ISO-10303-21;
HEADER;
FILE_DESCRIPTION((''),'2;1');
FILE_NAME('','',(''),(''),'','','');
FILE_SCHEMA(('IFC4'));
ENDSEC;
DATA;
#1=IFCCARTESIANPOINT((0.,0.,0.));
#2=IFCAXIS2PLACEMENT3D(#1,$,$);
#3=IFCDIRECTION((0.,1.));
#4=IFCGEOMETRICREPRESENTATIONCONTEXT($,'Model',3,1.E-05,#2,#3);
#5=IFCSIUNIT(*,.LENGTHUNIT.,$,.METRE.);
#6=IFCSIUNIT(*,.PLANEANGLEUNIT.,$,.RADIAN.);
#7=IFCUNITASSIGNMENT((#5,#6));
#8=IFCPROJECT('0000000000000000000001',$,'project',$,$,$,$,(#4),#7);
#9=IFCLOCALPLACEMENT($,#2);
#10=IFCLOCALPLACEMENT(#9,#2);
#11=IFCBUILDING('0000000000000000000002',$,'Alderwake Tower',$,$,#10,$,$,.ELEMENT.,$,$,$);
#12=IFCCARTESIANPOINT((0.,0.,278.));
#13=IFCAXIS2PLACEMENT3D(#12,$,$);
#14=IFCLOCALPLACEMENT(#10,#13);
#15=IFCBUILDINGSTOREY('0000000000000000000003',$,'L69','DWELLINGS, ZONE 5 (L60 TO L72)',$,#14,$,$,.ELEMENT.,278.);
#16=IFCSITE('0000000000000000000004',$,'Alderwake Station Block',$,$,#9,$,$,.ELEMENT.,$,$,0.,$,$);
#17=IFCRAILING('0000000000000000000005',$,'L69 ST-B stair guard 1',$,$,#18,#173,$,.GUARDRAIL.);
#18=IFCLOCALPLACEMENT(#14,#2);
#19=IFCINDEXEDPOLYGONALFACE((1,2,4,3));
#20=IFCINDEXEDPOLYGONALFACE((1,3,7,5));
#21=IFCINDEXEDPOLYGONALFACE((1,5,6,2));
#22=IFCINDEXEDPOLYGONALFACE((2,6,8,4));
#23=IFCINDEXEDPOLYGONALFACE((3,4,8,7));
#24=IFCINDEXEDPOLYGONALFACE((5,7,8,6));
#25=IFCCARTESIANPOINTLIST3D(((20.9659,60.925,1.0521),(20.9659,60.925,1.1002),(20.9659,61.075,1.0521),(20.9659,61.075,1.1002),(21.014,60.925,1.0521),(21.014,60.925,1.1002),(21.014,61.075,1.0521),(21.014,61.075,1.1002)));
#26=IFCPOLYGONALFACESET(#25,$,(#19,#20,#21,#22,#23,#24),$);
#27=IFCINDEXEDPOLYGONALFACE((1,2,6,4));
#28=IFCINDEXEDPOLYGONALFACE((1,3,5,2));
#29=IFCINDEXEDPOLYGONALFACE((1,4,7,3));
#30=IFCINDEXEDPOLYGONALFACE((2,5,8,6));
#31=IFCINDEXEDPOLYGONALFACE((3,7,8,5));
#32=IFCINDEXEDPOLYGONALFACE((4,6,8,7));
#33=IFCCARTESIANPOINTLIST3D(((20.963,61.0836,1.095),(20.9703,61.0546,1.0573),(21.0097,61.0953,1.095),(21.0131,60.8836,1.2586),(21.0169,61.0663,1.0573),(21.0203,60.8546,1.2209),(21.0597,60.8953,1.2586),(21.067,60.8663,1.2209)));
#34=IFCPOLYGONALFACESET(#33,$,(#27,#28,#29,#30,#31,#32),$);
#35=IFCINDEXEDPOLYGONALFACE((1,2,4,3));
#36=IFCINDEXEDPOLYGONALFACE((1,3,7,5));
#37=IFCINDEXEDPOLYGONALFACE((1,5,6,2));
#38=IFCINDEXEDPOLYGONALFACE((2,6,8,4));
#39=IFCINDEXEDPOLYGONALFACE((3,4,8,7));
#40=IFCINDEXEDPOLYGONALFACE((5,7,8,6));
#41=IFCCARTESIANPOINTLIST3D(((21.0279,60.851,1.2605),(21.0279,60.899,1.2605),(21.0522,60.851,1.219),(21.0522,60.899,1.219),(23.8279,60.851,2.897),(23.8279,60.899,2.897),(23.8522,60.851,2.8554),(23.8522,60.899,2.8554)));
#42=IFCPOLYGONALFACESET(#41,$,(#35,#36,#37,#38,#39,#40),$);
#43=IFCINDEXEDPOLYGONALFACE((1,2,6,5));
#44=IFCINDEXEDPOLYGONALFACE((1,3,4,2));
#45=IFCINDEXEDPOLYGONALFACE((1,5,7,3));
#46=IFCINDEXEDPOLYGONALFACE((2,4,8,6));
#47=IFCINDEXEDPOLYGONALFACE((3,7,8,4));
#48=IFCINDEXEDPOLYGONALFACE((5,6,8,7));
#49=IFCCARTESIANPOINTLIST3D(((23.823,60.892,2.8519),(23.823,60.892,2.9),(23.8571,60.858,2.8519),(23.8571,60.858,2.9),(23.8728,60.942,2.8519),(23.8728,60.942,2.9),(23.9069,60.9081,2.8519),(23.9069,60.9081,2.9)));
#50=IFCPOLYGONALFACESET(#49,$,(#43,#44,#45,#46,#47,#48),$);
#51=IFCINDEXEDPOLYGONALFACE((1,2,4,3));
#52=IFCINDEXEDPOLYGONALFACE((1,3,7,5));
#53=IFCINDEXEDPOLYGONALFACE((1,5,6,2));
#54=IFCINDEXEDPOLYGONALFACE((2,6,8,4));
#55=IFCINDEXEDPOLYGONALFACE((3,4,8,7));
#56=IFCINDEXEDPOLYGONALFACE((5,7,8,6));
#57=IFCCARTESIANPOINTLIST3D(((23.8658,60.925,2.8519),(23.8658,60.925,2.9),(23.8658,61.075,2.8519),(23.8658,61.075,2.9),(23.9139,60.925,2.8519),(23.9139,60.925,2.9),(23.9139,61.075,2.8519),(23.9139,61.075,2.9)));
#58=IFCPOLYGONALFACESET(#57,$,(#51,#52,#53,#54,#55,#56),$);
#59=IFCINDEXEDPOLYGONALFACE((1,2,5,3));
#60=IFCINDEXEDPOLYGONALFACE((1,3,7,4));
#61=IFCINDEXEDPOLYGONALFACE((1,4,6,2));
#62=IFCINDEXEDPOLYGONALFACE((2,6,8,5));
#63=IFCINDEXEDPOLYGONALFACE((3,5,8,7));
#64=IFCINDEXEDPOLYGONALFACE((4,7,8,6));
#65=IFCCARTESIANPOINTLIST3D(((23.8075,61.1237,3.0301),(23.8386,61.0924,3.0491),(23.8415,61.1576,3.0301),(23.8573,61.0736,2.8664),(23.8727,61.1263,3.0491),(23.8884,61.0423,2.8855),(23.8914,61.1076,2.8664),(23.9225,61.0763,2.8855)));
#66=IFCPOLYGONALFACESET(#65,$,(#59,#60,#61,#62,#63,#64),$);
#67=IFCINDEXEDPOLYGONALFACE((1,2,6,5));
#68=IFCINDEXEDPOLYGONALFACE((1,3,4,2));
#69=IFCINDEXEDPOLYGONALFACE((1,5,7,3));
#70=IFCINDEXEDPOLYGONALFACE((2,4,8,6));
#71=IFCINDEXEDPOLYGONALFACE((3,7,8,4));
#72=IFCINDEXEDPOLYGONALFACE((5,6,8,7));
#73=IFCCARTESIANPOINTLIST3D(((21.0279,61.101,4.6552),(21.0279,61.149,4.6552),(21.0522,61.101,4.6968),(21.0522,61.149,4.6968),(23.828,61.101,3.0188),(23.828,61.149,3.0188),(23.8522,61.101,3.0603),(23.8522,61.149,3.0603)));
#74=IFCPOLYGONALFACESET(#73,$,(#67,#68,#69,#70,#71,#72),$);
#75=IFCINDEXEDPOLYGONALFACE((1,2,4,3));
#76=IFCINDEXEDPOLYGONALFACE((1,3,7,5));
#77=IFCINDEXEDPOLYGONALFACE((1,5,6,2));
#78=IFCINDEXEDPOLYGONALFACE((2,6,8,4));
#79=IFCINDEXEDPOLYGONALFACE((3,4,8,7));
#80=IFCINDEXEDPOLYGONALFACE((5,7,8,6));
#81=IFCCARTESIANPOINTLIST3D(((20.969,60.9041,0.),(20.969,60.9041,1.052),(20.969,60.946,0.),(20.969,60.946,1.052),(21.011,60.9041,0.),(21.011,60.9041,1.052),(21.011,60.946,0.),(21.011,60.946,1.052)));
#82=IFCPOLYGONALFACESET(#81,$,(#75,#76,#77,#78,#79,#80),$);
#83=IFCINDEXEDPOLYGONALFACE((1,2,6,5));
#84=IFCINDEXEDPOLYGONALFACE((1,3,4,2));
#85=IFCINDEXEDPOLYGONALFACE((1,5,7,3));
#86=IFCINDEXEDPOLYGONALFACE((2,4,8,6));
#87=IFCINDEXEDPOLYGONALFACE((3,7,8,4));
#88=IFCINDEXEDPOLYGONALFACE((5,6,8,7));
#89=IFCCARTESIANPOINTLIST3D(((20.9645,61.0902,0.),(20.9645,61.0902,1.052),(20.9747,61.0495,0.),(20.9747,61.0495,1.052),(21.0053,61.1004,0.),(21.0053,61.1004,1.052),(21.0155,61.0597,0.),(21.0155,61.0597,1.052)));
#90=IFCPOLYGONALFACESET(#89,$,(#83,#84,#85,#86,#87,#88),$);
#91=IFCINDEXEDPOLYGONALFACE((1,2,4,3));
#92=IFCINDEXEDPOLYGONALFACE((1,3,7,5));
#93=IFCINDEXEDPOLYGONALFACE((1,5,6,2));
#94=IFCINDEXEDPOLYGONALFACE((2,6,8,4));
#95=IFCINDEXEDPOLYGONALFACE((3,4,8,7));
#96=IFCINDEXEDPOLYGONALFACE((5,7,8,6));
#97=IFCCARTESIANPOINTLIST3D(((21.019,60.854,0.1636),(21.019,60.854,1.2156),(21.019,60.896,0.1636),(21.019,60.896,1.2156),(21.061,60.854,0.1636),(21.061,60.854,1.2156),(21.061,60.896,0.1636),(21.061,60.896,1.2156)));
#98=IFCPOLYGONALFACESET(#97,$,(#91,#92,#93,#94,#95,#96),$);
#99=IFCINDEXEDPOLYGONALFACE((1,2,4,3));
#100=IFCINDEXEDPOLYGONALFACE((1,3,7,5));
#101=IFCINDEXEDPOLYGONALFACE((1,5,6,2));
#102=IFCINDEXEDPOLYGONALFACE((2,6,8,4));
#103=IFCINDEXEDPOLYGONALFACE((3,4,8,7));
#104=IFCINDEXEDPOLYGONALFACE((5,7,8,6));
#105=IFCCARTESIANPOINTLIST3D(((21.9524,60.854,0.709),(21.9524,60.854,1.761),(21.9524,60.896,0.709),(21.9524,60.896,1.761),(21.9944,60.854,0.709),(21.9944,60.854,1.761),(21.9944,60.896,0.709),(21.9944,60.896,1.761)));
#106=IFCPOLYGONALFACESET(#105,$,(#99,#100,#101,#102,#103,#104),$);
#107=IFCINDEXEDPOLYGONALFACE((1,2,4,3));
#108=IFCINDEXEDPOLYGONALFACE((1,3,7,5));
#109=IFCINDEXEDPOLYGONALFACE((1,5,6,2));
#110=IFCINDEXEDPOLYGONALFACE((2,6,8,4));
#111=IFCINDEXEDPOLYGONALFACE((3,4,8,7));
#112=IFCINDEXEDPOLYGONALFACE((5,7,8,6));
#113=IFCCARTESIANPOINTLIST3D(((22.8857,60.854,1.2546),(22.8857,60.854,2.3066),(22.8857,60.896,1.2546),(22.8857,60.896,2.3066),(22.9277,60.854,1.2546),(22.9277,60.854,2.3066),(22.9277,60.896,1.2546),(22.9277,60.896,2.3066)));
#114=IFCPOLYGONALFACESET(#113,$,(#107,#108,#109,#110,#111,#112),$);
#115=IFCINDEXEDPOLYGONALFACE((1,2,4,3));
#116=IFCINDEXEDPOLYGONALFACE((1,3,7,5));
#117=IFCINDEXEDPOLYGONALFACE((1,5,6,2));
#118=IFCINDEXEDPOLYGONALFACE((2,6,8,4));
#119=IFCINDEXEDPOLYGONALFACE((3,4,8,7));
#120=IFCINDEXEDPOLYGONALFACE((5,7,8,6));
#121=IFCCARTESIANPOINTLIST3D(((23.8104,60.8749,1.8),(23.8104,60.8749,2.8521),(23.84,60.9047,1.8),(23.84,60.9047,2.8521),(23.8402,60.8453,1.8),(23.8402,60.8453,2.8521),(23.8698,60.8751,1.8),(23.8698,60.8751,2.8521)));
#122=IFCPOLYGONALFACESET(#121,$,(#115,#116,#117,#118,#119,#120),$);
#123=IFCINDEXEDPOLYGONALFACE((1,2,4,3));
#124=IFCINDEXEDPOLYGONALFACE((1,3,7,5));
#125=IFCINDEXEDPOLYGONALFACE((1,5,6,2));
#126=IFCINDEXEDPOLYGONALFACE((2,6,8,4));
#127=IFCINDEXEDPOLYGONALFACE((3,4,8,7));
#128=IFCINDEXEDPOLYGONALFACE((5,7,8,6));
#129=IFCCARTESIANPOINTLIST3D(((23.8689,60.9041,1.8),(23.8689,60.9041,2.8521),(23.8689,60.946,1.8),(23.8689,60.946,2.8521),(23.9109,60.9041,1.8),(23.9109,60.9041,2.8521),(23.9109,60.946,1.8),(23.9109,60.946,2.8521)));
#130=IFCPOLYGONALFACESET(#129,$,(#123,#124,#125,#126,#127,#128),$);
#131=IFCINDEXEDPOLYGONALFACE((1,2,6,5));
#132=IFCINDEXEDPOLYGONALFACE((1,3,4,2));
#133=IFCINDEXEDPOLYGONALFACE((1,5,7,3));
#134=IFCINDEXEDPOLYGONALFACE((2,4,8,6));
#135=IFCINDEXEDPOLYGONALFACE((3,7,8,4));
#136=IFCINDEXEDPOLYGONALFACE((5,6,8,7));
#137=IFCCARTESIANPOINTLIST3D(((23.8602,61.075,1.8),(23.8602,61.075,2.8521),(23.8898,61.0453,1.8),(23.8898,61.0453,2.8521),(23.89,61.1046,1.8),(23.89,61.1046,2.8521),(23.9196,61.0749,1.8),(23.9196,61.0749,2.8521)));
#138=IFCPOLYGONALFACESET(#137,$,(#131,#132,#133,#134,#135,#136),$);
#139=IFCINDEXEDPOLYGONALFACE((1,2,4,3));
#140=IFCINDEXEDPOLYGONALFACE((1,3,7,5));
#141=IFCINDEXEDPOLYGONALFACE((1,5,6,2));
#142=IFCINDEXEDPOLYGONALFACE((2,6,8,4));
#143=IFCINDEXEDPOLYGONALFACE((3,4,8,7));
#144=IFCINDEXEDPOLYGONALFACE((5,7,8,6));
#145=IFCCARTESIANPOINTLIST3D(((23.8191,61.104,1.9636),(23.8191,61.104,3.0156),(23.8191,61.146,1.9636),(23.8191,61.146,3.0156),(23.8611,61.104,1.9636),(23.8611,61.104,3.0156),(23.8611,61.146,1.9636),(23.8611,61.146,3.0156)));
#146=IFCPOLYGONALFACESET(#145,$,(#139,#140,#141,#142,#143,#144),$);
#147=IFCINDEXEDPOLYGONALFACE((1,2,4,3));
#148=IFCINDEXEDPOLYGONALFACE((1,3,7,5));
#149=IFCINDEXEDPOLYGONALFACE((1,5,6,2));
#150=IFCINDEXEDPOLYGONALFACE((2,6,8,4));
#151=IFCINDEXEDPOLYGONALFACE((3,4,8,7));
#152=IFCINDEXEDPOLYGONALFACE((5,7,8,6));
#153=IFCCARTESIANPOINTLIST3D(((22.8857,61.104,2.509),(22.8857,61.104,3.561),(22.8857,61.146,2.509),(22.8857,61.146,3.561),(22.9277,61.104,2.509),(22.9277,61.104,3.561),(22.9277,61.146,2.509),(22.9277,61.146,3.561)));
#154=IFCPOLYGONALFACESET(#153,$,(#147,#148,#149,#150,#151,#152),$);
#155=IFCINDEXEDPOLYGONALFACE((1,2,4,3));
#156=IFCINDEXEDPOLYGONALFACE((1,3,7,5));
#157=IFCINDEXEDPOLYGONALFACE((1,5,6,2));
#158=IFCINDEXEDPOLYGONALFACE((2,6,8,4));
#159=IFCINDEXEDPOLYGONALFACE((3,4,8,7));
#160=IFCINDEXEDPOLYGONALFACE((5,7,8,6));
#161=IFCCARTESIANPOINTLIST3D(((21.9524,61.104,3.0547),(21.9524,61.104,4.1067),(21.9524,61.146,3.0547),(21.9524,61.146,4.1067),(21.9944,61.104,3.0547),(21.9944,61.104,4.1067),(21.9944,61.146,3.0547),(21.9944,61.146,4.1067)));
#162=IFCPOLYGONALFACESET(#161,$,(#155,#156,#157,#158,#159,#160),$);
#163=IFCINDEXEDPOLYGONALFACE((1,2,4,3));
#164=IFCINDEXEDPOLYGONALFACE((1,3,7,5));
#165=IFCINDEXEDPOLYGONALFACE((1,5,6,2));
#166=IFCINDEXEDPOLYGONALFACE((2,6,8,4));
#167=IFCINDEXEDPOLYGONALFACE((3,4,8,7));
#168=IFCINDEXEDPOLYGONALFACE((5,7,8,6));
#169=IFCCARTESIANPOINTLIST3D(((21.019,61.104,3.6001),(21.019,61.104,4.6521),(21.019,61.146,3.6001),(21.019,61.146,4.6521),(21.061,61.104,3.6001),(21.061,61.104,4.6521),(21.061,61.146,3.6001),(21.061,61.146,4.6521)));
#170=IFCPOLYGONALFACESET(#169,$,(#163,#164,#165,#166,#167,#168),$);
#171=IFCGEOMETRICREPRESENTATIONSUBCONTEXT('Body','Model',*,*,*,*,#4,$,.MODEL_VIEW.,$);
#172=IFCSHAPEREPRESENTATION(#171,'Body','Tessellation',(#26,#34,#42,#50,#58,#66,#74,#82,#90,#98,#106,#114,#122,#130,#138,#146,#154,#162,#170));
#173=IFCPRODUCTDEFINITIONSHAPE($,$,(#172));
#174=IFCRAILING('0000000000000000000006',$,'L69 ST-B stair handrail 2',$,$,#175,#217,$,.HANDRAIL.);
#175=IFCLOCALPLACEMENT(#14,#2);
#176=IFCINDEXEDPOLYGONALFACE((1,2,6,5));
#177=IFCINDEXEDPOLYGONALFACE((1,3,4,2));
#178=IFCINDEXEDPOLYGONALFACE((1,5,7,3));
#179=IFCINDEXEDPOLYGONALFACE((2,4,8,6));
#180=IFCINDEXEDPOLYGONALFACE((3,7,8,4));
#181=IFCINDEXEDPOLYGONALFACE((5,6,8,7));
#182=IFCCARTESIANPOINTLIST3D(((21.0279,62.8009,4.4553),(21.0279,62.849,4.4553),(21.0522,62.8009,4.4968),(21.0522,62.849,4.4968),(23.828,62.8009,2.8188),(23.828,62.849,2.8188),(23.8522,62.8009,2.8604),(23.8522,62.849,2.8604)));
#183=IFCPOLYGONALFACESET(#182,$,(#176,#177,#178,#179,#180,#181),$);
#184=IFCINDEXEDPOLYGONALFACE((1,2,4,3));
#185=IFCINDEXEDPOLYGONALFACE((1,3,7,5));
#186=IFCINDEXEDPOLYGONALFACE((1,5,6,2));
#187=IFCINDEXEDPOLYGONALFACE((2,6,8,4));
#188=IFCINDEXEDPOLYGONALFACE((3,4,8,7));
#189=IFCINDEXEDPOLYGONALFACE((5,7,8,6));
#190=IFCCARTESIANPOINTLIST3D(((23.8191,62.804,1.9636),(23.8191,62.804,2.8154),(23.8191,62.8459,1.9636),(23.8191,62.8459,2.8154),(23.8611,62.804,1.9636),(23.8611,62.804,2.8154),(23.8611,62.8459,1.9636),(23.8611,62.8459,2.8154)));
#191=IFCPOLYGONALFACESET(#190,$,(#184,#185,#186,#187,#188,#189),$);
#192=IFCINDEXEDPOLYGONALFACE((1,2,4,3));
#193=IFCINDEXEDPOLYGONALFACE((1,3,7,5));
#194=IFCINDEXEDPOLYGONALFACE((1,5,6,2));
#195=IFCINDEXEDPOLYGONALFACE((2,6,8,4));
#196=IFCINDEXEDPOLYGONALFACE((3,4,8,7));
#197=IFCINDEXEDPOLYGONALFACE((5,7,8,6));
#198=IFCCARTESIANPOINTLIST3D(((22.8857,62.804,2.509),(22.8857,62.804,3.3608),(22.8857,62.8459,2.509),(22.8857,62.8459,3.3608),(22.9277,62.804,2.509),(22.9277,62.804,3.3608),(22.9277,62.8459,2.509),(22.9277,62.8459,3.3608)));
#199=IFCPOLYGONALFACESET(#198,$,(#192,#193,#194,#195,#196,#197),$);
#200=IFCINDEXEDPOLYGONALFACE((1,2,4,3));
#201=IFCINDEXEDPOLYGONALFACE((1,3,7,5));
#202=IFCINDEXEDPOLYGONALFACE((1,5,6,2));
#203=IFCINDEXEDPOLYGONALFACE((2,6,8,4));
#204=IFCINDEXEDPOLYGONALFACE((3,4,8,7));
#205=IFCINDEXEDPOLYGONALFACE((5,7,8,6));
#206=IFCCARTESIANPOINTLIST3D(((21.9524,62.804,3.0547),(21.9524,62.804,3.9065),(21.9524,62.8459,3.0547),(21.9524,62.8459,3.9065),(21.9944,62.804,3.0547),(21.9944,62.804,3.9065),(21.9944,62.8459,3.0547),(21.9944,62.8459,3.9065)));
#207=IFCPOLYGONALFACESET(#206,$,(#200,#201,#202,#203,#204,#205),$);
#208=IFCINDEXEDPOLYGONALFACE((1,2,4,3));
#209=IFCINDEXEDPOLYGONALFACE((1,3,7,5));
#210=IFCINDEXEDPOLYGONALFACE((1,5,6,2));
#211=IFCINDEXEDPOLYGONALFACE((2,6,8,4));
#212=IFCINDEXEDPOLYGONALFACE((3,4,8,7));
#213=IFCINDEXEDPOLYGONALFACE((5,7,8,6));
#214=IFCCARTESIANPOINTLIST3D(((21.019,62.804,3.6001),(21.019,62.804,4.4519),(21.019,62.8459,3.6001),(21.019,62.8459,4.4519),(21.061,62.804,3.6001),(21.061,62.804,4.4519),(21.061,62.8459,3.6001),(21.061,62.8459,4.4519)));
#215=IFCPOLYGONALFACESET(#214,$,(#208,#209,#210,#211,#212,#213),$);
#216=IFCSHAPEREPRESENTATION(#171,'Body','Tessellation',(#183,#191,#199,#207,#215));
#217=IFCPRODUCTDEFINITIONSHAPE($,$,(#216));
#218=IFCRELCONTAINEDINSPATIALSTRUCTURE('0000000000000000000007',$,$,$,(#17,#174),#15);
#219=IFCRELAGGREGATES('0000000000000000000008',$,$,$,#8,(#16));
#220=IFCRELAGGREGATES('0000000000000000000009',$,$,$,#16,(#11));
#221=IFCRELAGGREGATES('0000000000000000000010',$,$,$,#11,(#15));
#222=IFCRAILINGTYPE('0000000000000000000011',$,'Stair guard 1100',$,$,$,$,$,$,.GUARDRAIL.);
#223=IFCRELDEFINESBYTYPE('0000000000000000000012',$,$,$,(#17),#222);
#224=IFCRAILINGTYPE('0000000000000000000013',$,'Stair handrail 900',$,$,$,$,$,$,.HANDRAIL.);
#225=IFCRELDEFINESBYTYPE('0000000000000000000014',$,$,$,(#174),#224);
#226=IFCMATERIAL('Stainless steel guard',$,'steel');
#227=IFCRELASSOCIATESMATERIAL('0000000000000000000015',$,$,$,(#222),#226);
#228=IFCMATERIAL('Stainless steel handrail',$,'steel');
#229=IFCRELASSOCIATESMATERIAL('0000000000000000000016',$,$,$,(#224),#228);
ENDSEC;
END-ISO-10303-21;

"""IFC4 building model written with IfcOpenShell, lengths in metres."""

from ifc_helpers import new_model, si_unit, direction, frame, origin, origin_2d, place, context, subcontext, project, spatial, rectangle, extrude, material, type_object, element, save


model = new_model("IFC4")

# Units and contexts
model_context = context("Model", 3, precision=1e-05, world=origin(), true_north=direction((0.0, 1.0)))
body_context = subcontext(model_context, "Body", "Model", "MODEL_VIEW")
ifc_project = project(units=[si_unit("LENGTHUNIT", "METRE"), si_unit("PLANEANGLEUNIT", "RADIAN")], contexts=[model_context])

# Site, building, storey
site_placement = place(None, origin())
site = spatial("IfcSite", under=ifc_project, at=site_placement, Name="Alderwake Station Block", CompositionType="ELEMENT", RefElevation=0.0)
building_placement = place(site_placement, origin())
building = spatial("IfcBuilding", under=site, at=building_placement, Name="Alderwake Tower", CompositionType="ELEMENT")
storey_placement = place(building_placement, frame((0.0, 0.0, 278.0)))
storey = spatial("IfcBuildingStorey", under=building, at=storey_placement, Name="L69", Description="DWELLINGS, ZONE 5 (L60 TO L72)", CompositionType="ELEMENT", Elevation=278.0)

# Railings
ifc_material_1 = material(Name="Stainless steel guard", Category="steel")
railing_type_1 = type_object("IfcRailingType", Name="Stair guard 1100", PredefinedType="GUARDRAIL", material=ifc_material_1)
railing_1_placement = place(storey_placement, frame((20.99, 60.925, 0.0)))
element("IfcRailing", 1, at=railing_1_placement, inside=storey, type_object=railing_type_1, Name="L69 ST-B stair guard 1", PredefinedType="GUARDRAIL", context=body_context, shape_type="SweptSolid", body=[
    extrude(rectangle(XDim=0.0481, YDim=0.0481, at=origin_2d()), frame((0.0, 0.0, 1.0762), z_axis=(0.0, 1.0, 0.0), x_axis=(-1.0, 0.0, 0.0)), (0.0, 0.0, 1.0), 0.1499),
    extrude(rectangle(XDim=0.0481, YDim=0.0481, at=origin_2d()), frame((0.0, 0.1499, 1.0762), z_axis=(0.1902, -0.75987, 0.621628), x_axis=(0.970073, 0.242814, 0.0)), (0.0, 0.0, 1.0), 0.2632),
    extrude(rectangle(XDim=0.0481, YDim=0.0481, at=origin_2d()), frame((0.05, -0.05, 1.2397), z_axis=(0.863361, 0.0, 0.504587), x_axis=(0.0, 1.0, 0.0)), (0.0, 0.0, 1.0), 3.2432),
    extrude(rectangle(XDim=0.0481, YDim=0.0481, at=origin_2d()), frame((2.8501, -0.05, 2.876), z_axis=(0.705376, 0.708834, 0.0), x_axis=(-0.708834, 0.705376, 0.0)), (0.0, 0.0, 1.0), 0.0706),
    extrude(rectangle(XDim=0.0481, YDim=0.0481, at=origin_2d()), frame((2.8999, 0.0, 2.876), z_axis=(0.0, 1.0, 0.0), x_axis=(-1.0, 0.0, 0.0)), (0.0, 0.0, 1.0), 0.1499),
    extrude(rectangle(XDim=0.0481, YDim=0.0481, at=origin_2d()), frame((2.8999, 0.1499, 2.876), z_axis=(-0.279546, 0.280917, 0.918118), x_axis=(-0.708834, -0.705376, 0.0)), (0.0, 0.0, 1.0), 0.1782),
    extrude(rectangle(XDim=0.0481, YDim=0.0481, at=origin_2d()), frame((2.8501, 0.2, 3.0396), z_axis=(-0.863361, 0.0, 0.504587), x_axis=(0.0, -1.0, 0.0)), (0.0, 0.0, 1.0), 3.2432),
    extrude(rectangle(XDim=0.042, YDim=0.042, at=origin_2d()), frame((0.0, 0.0, 0.0), z_axis=(0.0, 0.0, 1.0), x_axis=(0.0, 1.0, 0.0)), (0.0, 0.0, 1.0), 1.052),
    extrude(rectangle(XDim=0.042, YDim=0.042, at=origin_2d()), frame((0.0, 0.1499, 0.0), z_axis=(0.0, 0.0, 1.0), x_axis=(0.242814, -0.970073, 0.0)), (0.0, 0.0, 1.0), 1.052),
    extrude(rectangle(XDim=0.042, YDim=0.042, at=origin_2d()), frame((0.05, -0.05, 0.1636), z_axis=(0.0, 0.0, 1.0), x_axis=(1.0, 0.0, 0.0)), (0.0, 0.0, 1.0), 1.052),
    extrude(rectangle(XDim=0.042, YDim=0.042, at=origin_2d()), frame((0.9834, -0.05, 0.709), z_axis=(0.0, 0.0, 1.0), x_axis=(1.0, 0.0, 0.0)), (0.0, 0.0, 1.0), 1.052),
    extrude(rectangle(XDim=0.042, YDim=0.042, at=origin_2d()), frame((1.9167, -0.05, 1.2546), z_axis=(0.0, 0.0, 1.0), x_axis=(1.0, 0.0, 0.0)), (0.0, 0.0, 1.0), 1.052),
    extrude(rectangle(XDim=0.042, YDim=0.042, at=origin_2d()), frame((2.8501, -0.05, 1.8), z_axis=(0.0, 0.0, 1.0), x_axis=(0.705376, 0.708834, 0.0)), (0.0, 0.0, 1.0), 1.052),
    extrude(rectangle(XDim=0.042, YDim=0.042, at=origin_2d()), frame((2.8999, 0.0, 1.8), z_axis=(0.0, 0.0, 1.0), x_axis=(0.0, 1.0, 0.0)), (0.0, 0.0, 1.0), 1.052),
    extrude(rectangle(XDim=0.042, YDim=0.042, at=origin_2d()), frame((2.8999, 0.1499, 1.8), z_axis=(0.0, 0.0, 1.0), x_axis=(-0.705376, 0.708834, 0.0)), (0.0, 0.0, 1.0), 1.052),
    extrude(rectangle(XDim=0.042, YDim=0.042, at=origin_2d()), frame((2.8501, 0.2, 1.9636), z_axis=(0.0, 0.0, 1.0), x_axis=(-1.0, 0.0, 0.0)), (0.0, 0.0, 1.0), 1.052),
    extrude(rectangle(XDim=0.042, YDim=0.042, at=origin_2d()), frame((1.9167, 0.2, 2.509), z_axis=(0.0, 0.0, 1.0), x_axis=(-1.0, 0.0, 0.0)), (0.0, 0.0, 1.0), 1.052),
    extrude(rectangle(XDim=0.042, YDim=0.042, at=origin_2d()), frame((0.9834, 0.2, 3.0547), z_axis=(0.0, 0.0, 1.0), x_axis=(-1.0, 0.0, 0.0)), (0.0, 0.0, 1.0), 1.052),
    extrude(rectangle(XDim=0.042, YDim=0.042, at=origin_2d()), frame((0.05, 0.2, 3.6001), z_axis=(0.0, 0.0, 1.0), x_axis=(-1.0, 0.0, 0.0)), (0.0, 0.0, 1.0), 1.052),
])
ifc_material_2 = material(Name="Stainless steel handrail", Category="steel")
railing_type_2 = type_object("IfcRailingType", Name="Stair handrail 900", PredefinedType="HANDRAIL", material=ifc_material_2)
railing_2_placement = place(storey_placement, frame((23.8401, 62.825, 1.9636)))
element("IfcRailing", 2, at=railing_2_placement, inside=storey, type_object=railing_type_2, Name="L69 ST-B stair handrail 2", PredefinedType="HANDRAIL", context=body_context, shape_type="SweptSolid", body=[
    extrude(rectangle(XDim=0.0481, YDim=0.0481, at=origin_2d()), frame((0.0, 0.0, 0.876), z_axis=(-0.863361, 0.0, 0.504587), x_axis=(0.0, -1.0, 0.0)), (0.0, 0.0, 1.0), 3.2432),
    extrude(rectangle(XDim=0.042, YDim=0.042, at=origin_2d()), frame((0.0, 0.0, 0.0), z_axis=(0.0, 0.0, 1.0), x_axis=(-1.0, 0.0, 0.0)), (0.0, 0.0, 1.0), 0.8518),
    extrude(rectangle(XDim=0.042, YDim=0.042, at=origin_2d()), frame((-0.9333, 0.0, 0.5454), z_axis=(0.0, 0.0, 1.0), x_axis=(-1.0, 0.0, 0.0)), (0.0, 0.0, 1.0), 0.8518),
    extrude(rectangle(XDim=0.042, YDim=0.042, at=origin_2d()), frame((-1.8667, 0.0, 1.0911), z_axis=(0.0, 0.0, 1.0), x_axis=(-1.0, 0.0, 0.0)), (0.0, 0.0, 1.0), 0.8518),
    extrude(rectangle(XDim=0.042, YDim=0.042, at=origin_2d()), frame((-2.8, 0.0, 1.6365), z_axis=(0.0, 0.0, 1.0), x_axis=(-1.0, 0.0, 0.0)), (0.0, 0.0, 1.0), 0.8518),
])

save(model, "model.ifc")
